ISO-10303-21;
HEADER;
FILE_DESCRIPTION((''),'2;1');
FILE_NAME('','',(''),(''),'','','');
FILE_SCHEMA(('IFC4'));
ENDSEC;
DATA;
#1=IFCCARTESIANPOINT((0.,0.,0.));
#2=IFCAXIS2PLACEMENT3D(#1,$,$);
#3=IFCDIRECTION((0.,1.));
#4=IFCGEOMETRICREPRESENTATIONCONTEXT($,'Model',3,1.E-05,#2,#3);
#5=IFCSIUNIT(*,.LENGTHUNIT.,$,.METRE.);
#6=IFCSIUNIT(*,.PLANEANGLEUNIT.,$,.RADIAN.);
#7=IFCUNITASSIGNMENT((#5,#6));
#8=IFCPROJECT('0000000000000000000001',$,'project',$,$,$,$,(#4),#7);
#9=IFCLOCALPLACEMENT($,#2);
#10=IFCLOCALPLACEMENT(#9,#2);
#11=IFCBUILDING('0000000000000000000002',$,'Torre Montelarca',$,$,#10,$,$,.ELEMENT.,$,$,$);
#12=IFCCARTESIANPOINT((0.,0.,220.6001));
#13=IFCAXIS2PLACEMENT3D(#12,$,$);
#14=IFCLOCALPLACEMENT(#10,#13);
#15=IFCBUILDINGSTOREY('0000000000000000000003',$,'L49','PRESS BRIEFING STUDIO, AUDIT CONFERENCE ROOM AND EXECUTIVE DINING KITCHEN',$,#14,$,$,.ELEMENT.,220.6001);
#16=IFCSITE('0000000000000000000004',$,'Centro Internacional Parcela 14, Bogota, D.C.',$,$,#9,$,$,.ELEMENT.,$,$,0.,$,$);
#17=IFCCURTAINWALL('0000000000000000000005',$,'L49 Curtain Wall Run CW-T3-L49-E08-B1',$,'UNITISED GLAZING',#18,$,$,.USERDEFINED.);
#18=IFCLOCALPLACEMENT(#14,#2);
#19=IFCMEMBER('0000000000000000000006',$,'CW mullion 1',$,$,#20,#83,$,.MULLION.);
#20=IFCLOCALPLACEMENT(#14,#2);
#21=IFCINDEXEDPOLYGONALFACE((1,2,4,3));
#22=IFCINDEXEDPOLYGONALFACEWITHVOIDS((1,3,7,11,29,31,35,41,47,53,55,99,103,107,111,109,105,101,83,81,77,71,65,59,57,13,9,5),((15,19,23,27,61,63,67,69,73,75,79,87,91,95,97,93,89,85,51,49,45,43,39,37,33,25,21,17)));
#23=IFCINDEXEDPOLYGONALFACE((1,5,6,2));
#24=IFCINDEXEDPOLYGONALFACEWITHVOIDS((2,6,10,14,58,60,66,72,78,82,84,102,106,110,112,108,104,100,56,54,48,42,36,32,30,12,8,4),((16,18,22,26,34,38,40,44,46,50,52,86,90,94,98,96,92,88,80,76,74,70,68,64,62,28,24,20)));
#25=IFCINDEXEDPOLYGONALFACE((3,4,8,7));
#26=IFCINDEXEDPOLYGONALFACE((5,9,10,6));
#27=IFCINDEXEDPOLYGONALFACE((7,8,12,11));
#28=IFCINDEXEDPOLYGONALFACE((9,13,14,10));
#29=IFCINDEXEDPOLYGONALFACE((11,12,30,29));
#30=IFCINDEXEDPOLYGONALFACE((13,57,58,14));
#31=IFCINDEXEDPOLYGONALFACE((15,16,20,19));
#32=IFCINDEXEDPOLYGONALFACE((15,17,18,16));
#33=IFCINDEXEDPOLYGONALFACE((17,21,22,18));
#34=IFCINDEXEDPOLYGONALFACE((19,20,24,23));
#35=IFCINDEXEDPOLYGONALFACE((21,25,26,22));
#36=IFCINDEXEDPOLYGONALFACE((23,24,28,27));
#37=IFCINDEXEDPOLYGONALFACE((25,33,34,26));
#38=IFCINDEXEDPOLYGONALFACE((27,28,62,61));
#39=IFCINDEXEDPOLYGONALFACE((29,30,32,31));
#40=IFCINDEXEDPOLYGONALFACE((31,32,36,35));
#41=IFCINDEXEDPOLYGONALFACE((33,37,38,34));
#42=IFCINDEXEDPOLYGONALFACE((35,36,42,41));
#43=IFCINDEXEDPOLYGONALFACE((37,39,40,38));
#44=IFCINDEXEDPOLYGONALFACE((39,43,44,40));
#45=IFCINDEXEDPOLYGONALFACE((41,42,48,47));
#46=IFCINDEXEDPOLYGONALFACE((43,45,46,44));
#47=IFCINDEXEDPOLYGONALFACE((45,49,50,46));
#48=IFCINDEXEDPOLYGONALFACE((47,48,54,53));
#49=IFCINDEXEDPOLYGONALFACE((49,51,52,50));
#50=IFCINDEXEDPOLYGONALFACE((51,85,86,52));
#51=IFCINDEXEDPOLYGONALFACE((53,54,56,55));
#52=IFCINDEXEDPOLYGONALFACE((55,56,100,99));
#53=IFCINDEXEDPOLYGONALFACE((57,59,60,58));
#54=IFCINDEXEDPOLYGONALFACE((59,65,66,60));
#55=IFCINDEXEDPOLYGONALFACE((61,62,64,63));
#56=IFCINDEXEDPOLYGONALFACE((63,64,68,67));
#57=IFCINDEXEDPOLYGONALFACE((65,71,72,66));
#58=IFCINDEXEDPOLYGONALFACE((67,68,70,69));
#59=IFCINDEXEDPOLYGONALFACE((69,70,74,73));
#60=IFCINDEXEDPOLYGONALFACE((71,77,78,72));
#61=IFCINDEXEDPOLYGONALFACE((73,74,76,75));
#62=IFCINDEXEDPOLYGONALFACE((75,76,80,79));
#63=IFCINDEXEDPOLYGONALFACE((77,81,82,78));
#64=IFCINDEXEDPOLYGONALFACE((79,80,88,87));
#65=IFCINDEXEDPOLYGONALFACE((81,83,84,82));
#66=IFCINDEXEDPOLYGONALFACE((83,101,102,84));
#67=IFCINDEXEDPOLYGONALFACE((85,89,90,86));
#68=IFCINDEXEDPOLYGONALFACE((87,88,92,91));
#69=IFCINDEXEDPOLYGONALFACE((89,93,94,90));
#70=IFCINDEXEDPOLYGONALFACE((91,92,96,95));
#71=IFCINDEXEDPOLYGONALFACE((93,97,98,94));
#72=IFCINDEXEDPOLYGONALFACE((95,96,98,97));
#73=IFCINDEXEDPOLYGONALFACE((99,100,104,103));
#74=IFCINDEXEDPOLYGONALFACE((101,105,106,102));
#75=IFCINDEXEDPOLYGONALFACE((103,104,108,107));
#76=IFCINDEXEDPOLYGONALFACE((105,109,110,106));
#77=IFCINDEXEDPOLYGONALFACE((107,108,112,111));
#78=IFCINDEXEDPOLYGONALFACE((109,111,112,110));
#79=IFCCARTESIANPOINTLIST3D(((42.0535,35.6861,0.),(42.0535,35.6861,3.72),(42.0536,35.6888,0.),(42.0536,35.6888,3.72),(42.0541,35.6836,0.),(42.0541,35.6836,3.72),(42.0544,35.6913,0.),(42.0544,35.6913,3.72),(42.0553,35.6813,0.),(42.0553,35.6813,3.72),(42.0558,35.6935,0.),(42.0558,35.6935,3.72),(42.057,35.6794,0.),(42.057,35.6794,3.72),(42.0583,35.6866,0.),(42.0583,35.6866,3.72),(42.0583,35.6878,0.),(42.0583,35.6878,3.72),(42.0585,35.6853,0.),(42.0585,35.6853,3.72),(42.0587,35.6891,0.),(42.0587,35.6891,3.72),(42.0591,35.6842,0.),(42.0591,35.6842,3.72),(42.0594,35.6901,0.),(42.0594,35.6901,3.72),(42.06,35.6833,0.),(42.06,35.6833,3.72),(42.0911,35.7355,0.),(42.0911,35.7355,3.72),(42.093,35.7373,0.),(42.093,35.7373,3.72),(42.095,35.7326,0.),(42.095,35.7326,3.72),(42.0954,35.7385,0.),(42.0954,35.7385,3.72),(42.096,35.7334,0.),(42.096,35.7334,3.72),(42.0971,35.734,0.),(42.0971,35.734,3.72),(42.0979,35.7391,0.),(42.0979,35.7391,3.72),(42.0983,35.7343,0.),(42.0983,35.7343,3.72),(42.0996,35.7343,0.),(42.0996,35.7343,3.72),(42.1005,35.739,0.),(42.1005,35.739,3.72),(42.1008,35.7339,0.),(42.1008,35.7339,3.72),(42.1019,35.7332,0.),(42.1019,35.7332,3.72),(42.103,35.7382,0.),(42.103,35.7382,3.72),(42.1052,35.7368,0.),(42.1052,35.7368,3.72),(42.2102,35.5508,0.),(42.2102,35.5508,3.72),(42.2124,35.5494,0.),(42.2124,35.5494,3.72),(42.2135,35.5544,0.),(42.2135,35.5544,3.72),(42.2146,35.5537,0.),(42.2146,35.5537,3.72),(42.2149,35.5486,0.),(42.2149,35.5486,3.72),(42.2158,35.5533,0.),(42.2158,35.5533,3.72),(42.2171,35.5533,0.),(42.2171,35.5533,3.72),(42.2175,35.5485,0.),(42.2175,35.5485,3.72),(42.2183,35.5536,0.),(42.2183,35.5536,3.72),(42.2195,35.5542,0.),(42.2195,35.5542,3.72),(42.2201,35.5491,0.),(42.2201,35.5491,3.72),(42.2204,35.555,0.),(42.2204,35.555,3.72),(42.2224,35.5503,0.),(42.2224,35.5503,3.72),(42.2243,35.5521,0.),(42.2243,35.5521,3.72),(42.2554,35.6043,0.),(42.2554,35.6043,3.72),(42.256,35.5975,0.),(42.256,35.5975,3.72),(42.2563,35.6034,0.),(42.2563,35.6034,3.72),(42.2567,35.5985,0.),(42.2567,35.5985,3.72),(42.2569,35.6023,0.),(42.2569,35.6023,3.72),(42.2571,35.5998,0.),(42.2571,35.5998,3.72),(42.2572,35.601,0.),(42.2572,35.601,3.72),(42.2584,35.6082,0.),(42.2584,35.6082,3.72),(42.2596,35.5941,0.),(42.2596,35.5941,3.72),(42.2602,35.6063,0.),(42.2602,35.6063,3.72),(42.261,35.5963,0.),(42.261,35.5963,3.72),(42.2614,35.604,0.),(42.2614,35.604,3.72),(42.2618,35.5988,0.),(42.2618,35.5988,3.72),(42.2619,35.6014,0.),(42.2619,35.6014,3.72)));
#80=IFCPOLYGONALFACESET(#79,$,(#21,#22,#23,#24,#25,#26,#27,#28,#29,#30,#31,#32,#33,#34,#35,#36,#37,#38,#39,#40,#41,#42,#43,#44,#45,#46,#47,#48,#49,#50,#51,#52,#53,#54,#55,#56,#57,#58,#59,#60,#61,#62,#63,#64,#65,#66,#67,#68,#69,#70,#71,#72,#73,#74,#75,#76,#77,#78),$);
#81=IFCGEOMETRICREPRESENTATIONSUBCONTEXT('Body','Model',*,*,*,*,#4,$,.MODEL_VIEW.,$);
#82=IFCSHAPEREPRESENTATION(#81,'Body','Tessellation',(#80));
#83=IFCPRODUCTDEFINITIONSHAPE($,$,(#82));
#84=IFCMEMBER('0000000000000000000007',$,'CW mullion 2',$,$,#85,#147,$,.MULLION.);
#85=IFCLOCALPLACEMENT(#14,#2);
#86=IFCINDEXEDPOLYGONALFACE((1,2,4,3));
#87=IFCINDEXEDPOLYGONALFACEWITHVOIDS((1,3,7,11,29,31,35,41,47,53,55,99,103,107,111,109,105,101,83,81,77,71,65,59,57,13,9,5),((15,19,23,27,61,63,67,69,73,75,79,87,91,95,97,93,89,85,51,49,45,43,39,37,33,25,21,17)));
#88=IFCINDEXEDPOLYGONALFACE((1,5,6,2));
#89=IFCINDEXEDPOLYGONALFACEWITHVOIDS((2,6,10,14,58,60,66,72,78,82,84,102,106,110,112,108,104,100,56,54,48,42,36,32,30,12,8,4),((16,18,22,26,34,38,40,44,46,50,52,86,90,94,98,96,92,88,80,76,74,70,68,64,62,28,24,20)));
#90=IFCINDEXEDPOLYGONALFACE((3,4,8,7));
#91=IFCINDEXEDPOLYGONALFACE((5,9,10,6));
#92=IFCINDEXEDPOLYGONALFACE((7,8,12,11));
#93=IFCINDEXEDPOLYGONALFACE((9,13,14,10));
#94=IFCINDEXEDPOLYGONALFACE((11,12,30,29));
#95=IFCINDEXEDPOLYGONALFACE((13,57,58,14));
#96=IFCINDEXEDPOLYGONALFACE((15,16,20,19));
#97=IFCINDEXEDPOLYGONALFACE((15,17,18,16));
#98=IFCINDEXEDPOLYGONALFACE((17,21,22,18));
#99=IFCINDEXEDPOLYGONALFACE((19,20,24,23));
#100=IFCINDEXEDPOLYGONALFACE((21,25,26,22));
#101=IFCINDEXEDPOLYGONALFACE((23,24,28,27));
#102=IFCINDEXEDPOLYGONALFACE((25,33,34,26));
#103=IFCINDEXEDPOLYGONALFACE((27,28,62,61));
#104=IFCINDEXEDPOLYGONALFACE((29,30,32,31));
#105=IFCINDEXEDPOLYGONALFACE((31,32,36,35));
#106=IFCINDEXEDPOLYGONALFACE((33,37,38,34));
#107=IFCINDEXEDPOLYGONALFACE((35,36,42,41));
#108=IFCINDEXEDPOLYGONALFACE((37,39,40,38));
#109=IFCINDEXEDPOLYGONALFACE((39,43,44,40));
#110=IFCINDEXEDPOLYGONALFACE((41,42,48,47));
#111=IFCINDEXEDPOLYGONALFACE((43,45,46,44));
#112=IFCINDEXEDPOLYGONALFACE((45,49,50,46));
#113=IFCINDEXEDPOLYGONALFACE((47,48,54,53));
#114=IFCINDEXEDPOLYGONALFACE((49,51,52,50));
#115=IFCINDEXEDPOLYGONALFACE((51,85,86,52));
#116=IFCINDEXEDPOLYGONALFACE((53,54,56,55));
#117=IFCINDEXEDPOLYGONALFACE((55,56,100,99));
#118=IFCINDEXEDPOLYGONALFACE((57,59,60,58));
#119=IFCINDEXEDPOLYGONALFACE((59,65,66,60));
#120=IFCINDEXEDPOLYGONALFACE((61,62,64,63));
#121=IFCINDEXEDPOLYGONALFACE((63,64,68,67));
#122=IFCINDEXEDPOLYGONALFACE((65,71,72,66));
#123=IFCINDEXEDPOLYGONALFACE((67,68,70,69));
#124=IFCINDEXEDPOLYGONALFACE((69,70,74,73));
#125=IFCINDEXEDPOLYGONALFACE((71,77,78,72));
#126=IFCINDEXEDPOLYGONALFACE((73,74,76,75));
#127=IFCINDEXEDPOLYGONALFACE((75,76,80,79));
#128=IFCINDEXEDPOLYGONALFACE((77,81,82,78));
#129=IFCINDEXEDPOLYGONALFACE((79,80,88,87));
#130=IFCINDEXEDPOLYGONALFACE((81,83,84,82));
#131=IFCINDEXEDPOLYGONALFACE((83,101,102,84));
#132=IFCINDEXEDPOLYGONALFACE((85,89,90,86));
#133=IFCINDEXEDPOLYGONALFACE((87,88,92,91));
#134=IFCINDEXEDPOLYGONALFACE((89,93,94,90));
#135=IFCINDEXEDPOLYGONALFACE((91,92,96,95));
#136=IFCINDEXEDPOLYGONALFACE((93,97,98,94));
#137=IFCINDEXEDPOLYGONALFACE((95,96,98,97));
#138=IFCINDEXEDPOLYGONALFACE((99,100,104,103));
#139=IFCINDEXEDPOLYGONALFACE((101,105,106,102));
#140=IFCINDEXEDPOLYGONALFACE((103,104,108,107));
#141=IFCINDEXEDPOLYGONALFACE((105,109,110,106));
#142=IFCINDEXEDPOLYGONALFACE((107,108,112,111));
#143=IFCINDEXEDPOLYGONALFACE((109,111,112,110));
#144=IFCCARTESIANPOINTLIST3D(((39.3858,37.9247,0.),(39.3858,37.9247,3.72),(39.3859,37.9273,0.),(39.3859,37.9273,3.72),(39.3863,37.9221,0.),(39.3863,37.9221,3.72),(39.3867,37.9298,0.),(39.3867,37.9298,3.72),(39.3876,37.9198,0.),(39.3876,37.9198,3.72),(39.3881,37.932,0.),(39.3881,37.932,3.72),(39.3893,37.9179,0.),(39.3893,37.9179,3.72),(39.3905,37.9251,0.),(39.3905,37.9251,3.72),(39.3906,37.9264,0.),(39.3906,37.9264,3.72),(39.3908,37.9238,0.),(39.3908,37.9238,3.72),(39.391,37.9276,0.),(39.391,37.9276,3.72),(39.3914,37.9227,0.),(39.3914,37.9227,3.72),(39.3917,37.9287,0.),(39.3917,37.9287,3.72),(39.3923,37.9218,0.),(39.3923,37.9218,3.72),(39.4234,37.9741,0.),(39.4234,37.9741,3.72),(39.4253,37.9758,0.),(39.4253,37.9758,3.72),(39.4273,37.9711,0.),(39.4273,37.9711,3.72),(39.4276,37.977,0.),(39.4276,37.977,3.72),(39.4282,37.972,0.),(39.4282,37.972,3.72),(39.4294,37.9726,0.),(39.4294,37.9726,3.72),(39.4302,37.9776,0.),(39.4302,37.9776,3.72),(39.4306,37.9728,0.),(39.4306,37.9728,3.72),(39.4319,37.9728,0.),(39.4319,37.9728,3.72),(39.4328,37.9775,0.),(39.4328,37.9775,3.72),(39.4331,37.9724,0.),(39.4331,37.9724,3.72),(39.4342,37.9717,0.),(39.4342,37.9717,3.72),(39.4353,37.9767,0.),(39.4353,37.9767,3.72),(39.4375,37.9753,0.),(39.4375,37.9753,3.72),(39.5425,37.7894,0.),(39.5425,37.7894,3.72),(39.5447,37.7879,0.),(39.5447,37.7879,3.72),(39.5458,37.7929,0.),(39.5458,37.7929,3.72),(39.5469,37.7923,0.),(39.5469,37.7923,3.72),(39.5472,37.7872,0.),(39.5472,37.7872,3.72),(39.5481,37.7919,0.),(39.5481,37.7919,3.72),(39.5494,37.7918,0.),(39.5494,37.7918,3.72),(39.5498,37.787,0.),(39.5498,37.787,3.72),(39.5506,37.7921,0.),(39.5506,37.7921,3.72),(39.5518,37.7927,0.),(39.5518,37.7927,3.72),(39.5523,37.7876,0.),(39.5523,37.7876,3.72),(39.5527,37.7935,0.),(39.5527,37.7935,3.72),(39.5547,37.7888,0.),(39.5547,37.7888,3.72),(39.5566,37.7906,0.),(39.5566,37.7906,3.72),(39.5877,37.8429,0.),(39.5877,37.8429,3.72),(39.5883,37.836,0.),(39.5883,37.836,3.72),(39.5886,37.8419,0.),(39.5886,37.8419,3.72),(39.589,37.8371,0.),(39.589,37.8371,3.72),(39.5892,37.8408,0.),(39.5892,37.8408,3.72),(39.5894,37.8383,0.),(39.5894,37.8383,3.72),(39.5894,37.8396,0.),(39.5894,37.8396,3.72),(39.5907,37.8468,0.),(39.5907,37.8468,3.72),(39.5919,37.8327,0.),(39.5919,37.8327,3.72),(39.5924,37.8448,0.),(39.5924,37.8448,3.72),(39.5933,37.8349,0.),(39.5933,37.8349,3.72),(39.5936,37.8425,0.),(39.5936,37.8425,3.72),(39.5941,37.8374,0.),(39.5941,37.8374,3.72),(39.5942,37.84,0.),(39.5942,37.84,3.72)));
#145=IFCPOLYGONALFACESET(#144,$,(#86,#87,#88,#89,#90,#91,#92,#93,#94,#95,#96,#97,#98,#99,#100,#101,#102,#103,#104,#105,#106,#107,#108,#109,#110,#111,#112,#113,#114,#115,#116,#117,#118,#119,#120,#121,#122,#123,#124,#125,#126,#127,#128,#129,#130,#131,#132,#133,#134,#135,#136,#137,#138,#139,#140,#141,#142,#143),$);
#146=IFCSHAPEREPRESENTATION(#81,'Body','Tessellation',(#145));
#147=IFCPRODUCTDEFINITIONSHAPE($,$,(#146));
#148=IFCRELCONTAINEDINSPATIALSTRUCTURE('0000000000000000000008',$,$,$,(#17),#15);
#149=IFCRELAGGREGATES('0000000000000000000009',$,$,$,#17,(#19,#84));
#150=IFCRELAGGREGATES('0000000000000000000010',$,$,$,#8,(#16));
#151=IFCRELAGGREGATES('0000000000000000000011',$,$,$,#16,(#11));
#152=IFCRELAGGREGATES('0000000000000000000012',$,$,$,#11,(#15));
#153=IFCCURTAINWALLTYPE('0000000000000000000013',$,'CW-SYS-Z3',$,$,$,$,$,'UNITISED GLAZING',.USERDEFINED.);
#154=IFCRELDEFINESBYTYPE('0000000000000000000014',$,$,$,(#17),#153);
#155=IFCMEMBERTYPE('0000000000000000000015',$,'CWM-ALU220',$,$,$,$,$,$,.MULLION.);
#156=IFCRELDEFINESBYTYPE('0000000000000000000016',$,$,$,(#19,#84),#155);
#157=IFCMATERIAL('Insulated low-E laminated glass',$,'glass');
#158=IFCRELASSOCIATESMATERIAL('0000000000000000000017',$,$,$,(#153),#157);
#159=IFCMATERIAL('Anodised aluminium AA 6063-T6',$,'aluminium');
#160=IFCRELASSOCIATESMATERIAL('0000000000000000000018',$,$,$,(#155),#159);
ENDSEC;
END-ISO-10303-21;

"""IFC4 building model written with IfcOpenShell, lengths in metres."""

from ifc_helpers import new_model, si_unit, direction, frame, origin, origin_2d, place, context, subcontext, project, spatial, hollow_rectangle, extrude, source, transform, mapped, material, material_profile, profile_set, type_object, element, aggregate, save


model = new_model("IFC4")

# Units and contexts
model_context = context("Model", 3, precision=1e-05, world=origin(), true_north=direction((0.0, 1.0)))
body_context = subcontext(model_context, "Body", "Model", "MODEL_VIEW")
ifc_project = project(units=[si_unit("LENGTHUNIT", "METRE"), si_unit("PLANEANGLEUNIT", "RADIAN")], contexts=[model_context])

# Site, building, storey
site_placement = place(None, origin())
site = spatial("IfcSite", under=ifc_project, at=site_placement, Name="Centro Internacional Parcela 14, Bogota, D.C.", CompositionType="ELEMENT", RefElevation=0.0)
building_placement = place(site_placement, origin())
building = spatial("IfcBuilding", under=site, at=building_placement, Name="Torre Montelarca", CompositionType="ELEMENT")
storey_placement = place(building_placement, frame((0.0, 0.0, 220.6001)))
storey = spatial("IfcBuildingStorey", under=building, at=storey_placement, Name="L49", Description="PRESS BRIEFING STUDIO, AUDIT CONFERENCE ROOM AND EXECUTIVE DINING KITCHEN", CompositionType="ELEMENT", Elevation=220.6001)

# Curtain wall
ifc_material_1 = material(Name="Insulated low-E laminated glass", Category="glass")
curtain_wall_type = type_object("IfcCurtainWallType", Name="CW-SYS-Z3", ElementType="UNITISED GLAZING", PredefinedType="USERDEFINED", material=ifc_material_1)
curtain_wall_1_placement = place(storey_placement, origin())
curtain_wall_1 = element("IfcCurtainWall", 1, at=curtain_wall_1_placement, inside=storey, type_object=curtain_wall_type, Name="L49 Curtain Wall Run CW-T3-L49-E08-B1", ObjectType="UNITISED GLAZING", PredefinedType="USERDEFINED")
ifc_material_2 = material(Name="Anodised aluminium AA 6063-T6", Category="aluminium")

# Members
ifc_material_profile_1 = material_profile(ifc_material_2, hollow_rectangle(XDim=0.075, YDim=0.22, WallThickness=0.0049, InnerFilletRadius=0.0049, OuterFilletRadius=0.01, at=origin_2d()), Name="ALU75X220X5", Category="aluminium")
ifc_profile_set_1 = profile_set([ifc_material_profile_1], Name="Anodised aluminium AA 6063-T6")
member_type_1 = type_object("IfcMemberType", Name="CWM-ALU220", PredefinedType="MULLION", material=ifc_profile_set_1)
shared_shape_1 = source(origin(), body_context, "Body", "SweptSolid", [
    extrude(hollow_rectangle(XDim=0.075, YDim=0.22, WallThickness=0.0049, InnerFilletRadius=0.0049, OuterFilletRadius=0.01, at=origin_2d()), origin(), (0.0, 0.0, 1.0), 3.72),
])
member_1_placement = place(storey_placement, frame((42.1577, 35.6438, 0.0), z_axis=(0.0, 0.0, 1.0), x_axis=(-0.642789, -0.766043, 0.0)))
member_1 = element("IfcMember", 2, at=member_1_placement, type_object=member_type_1, Name="CW mullion 1", PredefinedType="MULLION", context=body_context, shape_type="MappedRepresentation", body=[
    mapped(shared_shape_1, transform((0.0, 0.0, 0.0), scale=1.0)),
])
member_2_placement = place(storey_placement, frame((39.49, 37.8823, 0.0), z_axis=(0.0, 0.0, 1.0), x_axis=(-0.642789, -0.766043, 0.0)))
member_2 = element("IfcMember", 3, at=member_2_placement, type_object=member_type_1, Name="CW mullion 2", PredefinedType="MULLION", context=body_context, shape_type="MappedRepresentation", body=[
    mapped(shared_shape_1, transform((0.0, 0.0, 0.0), scale=1.0)),
])

aggregate(curtain_wall_1, [member_1, member_2])

save(model, "model.ifc")
